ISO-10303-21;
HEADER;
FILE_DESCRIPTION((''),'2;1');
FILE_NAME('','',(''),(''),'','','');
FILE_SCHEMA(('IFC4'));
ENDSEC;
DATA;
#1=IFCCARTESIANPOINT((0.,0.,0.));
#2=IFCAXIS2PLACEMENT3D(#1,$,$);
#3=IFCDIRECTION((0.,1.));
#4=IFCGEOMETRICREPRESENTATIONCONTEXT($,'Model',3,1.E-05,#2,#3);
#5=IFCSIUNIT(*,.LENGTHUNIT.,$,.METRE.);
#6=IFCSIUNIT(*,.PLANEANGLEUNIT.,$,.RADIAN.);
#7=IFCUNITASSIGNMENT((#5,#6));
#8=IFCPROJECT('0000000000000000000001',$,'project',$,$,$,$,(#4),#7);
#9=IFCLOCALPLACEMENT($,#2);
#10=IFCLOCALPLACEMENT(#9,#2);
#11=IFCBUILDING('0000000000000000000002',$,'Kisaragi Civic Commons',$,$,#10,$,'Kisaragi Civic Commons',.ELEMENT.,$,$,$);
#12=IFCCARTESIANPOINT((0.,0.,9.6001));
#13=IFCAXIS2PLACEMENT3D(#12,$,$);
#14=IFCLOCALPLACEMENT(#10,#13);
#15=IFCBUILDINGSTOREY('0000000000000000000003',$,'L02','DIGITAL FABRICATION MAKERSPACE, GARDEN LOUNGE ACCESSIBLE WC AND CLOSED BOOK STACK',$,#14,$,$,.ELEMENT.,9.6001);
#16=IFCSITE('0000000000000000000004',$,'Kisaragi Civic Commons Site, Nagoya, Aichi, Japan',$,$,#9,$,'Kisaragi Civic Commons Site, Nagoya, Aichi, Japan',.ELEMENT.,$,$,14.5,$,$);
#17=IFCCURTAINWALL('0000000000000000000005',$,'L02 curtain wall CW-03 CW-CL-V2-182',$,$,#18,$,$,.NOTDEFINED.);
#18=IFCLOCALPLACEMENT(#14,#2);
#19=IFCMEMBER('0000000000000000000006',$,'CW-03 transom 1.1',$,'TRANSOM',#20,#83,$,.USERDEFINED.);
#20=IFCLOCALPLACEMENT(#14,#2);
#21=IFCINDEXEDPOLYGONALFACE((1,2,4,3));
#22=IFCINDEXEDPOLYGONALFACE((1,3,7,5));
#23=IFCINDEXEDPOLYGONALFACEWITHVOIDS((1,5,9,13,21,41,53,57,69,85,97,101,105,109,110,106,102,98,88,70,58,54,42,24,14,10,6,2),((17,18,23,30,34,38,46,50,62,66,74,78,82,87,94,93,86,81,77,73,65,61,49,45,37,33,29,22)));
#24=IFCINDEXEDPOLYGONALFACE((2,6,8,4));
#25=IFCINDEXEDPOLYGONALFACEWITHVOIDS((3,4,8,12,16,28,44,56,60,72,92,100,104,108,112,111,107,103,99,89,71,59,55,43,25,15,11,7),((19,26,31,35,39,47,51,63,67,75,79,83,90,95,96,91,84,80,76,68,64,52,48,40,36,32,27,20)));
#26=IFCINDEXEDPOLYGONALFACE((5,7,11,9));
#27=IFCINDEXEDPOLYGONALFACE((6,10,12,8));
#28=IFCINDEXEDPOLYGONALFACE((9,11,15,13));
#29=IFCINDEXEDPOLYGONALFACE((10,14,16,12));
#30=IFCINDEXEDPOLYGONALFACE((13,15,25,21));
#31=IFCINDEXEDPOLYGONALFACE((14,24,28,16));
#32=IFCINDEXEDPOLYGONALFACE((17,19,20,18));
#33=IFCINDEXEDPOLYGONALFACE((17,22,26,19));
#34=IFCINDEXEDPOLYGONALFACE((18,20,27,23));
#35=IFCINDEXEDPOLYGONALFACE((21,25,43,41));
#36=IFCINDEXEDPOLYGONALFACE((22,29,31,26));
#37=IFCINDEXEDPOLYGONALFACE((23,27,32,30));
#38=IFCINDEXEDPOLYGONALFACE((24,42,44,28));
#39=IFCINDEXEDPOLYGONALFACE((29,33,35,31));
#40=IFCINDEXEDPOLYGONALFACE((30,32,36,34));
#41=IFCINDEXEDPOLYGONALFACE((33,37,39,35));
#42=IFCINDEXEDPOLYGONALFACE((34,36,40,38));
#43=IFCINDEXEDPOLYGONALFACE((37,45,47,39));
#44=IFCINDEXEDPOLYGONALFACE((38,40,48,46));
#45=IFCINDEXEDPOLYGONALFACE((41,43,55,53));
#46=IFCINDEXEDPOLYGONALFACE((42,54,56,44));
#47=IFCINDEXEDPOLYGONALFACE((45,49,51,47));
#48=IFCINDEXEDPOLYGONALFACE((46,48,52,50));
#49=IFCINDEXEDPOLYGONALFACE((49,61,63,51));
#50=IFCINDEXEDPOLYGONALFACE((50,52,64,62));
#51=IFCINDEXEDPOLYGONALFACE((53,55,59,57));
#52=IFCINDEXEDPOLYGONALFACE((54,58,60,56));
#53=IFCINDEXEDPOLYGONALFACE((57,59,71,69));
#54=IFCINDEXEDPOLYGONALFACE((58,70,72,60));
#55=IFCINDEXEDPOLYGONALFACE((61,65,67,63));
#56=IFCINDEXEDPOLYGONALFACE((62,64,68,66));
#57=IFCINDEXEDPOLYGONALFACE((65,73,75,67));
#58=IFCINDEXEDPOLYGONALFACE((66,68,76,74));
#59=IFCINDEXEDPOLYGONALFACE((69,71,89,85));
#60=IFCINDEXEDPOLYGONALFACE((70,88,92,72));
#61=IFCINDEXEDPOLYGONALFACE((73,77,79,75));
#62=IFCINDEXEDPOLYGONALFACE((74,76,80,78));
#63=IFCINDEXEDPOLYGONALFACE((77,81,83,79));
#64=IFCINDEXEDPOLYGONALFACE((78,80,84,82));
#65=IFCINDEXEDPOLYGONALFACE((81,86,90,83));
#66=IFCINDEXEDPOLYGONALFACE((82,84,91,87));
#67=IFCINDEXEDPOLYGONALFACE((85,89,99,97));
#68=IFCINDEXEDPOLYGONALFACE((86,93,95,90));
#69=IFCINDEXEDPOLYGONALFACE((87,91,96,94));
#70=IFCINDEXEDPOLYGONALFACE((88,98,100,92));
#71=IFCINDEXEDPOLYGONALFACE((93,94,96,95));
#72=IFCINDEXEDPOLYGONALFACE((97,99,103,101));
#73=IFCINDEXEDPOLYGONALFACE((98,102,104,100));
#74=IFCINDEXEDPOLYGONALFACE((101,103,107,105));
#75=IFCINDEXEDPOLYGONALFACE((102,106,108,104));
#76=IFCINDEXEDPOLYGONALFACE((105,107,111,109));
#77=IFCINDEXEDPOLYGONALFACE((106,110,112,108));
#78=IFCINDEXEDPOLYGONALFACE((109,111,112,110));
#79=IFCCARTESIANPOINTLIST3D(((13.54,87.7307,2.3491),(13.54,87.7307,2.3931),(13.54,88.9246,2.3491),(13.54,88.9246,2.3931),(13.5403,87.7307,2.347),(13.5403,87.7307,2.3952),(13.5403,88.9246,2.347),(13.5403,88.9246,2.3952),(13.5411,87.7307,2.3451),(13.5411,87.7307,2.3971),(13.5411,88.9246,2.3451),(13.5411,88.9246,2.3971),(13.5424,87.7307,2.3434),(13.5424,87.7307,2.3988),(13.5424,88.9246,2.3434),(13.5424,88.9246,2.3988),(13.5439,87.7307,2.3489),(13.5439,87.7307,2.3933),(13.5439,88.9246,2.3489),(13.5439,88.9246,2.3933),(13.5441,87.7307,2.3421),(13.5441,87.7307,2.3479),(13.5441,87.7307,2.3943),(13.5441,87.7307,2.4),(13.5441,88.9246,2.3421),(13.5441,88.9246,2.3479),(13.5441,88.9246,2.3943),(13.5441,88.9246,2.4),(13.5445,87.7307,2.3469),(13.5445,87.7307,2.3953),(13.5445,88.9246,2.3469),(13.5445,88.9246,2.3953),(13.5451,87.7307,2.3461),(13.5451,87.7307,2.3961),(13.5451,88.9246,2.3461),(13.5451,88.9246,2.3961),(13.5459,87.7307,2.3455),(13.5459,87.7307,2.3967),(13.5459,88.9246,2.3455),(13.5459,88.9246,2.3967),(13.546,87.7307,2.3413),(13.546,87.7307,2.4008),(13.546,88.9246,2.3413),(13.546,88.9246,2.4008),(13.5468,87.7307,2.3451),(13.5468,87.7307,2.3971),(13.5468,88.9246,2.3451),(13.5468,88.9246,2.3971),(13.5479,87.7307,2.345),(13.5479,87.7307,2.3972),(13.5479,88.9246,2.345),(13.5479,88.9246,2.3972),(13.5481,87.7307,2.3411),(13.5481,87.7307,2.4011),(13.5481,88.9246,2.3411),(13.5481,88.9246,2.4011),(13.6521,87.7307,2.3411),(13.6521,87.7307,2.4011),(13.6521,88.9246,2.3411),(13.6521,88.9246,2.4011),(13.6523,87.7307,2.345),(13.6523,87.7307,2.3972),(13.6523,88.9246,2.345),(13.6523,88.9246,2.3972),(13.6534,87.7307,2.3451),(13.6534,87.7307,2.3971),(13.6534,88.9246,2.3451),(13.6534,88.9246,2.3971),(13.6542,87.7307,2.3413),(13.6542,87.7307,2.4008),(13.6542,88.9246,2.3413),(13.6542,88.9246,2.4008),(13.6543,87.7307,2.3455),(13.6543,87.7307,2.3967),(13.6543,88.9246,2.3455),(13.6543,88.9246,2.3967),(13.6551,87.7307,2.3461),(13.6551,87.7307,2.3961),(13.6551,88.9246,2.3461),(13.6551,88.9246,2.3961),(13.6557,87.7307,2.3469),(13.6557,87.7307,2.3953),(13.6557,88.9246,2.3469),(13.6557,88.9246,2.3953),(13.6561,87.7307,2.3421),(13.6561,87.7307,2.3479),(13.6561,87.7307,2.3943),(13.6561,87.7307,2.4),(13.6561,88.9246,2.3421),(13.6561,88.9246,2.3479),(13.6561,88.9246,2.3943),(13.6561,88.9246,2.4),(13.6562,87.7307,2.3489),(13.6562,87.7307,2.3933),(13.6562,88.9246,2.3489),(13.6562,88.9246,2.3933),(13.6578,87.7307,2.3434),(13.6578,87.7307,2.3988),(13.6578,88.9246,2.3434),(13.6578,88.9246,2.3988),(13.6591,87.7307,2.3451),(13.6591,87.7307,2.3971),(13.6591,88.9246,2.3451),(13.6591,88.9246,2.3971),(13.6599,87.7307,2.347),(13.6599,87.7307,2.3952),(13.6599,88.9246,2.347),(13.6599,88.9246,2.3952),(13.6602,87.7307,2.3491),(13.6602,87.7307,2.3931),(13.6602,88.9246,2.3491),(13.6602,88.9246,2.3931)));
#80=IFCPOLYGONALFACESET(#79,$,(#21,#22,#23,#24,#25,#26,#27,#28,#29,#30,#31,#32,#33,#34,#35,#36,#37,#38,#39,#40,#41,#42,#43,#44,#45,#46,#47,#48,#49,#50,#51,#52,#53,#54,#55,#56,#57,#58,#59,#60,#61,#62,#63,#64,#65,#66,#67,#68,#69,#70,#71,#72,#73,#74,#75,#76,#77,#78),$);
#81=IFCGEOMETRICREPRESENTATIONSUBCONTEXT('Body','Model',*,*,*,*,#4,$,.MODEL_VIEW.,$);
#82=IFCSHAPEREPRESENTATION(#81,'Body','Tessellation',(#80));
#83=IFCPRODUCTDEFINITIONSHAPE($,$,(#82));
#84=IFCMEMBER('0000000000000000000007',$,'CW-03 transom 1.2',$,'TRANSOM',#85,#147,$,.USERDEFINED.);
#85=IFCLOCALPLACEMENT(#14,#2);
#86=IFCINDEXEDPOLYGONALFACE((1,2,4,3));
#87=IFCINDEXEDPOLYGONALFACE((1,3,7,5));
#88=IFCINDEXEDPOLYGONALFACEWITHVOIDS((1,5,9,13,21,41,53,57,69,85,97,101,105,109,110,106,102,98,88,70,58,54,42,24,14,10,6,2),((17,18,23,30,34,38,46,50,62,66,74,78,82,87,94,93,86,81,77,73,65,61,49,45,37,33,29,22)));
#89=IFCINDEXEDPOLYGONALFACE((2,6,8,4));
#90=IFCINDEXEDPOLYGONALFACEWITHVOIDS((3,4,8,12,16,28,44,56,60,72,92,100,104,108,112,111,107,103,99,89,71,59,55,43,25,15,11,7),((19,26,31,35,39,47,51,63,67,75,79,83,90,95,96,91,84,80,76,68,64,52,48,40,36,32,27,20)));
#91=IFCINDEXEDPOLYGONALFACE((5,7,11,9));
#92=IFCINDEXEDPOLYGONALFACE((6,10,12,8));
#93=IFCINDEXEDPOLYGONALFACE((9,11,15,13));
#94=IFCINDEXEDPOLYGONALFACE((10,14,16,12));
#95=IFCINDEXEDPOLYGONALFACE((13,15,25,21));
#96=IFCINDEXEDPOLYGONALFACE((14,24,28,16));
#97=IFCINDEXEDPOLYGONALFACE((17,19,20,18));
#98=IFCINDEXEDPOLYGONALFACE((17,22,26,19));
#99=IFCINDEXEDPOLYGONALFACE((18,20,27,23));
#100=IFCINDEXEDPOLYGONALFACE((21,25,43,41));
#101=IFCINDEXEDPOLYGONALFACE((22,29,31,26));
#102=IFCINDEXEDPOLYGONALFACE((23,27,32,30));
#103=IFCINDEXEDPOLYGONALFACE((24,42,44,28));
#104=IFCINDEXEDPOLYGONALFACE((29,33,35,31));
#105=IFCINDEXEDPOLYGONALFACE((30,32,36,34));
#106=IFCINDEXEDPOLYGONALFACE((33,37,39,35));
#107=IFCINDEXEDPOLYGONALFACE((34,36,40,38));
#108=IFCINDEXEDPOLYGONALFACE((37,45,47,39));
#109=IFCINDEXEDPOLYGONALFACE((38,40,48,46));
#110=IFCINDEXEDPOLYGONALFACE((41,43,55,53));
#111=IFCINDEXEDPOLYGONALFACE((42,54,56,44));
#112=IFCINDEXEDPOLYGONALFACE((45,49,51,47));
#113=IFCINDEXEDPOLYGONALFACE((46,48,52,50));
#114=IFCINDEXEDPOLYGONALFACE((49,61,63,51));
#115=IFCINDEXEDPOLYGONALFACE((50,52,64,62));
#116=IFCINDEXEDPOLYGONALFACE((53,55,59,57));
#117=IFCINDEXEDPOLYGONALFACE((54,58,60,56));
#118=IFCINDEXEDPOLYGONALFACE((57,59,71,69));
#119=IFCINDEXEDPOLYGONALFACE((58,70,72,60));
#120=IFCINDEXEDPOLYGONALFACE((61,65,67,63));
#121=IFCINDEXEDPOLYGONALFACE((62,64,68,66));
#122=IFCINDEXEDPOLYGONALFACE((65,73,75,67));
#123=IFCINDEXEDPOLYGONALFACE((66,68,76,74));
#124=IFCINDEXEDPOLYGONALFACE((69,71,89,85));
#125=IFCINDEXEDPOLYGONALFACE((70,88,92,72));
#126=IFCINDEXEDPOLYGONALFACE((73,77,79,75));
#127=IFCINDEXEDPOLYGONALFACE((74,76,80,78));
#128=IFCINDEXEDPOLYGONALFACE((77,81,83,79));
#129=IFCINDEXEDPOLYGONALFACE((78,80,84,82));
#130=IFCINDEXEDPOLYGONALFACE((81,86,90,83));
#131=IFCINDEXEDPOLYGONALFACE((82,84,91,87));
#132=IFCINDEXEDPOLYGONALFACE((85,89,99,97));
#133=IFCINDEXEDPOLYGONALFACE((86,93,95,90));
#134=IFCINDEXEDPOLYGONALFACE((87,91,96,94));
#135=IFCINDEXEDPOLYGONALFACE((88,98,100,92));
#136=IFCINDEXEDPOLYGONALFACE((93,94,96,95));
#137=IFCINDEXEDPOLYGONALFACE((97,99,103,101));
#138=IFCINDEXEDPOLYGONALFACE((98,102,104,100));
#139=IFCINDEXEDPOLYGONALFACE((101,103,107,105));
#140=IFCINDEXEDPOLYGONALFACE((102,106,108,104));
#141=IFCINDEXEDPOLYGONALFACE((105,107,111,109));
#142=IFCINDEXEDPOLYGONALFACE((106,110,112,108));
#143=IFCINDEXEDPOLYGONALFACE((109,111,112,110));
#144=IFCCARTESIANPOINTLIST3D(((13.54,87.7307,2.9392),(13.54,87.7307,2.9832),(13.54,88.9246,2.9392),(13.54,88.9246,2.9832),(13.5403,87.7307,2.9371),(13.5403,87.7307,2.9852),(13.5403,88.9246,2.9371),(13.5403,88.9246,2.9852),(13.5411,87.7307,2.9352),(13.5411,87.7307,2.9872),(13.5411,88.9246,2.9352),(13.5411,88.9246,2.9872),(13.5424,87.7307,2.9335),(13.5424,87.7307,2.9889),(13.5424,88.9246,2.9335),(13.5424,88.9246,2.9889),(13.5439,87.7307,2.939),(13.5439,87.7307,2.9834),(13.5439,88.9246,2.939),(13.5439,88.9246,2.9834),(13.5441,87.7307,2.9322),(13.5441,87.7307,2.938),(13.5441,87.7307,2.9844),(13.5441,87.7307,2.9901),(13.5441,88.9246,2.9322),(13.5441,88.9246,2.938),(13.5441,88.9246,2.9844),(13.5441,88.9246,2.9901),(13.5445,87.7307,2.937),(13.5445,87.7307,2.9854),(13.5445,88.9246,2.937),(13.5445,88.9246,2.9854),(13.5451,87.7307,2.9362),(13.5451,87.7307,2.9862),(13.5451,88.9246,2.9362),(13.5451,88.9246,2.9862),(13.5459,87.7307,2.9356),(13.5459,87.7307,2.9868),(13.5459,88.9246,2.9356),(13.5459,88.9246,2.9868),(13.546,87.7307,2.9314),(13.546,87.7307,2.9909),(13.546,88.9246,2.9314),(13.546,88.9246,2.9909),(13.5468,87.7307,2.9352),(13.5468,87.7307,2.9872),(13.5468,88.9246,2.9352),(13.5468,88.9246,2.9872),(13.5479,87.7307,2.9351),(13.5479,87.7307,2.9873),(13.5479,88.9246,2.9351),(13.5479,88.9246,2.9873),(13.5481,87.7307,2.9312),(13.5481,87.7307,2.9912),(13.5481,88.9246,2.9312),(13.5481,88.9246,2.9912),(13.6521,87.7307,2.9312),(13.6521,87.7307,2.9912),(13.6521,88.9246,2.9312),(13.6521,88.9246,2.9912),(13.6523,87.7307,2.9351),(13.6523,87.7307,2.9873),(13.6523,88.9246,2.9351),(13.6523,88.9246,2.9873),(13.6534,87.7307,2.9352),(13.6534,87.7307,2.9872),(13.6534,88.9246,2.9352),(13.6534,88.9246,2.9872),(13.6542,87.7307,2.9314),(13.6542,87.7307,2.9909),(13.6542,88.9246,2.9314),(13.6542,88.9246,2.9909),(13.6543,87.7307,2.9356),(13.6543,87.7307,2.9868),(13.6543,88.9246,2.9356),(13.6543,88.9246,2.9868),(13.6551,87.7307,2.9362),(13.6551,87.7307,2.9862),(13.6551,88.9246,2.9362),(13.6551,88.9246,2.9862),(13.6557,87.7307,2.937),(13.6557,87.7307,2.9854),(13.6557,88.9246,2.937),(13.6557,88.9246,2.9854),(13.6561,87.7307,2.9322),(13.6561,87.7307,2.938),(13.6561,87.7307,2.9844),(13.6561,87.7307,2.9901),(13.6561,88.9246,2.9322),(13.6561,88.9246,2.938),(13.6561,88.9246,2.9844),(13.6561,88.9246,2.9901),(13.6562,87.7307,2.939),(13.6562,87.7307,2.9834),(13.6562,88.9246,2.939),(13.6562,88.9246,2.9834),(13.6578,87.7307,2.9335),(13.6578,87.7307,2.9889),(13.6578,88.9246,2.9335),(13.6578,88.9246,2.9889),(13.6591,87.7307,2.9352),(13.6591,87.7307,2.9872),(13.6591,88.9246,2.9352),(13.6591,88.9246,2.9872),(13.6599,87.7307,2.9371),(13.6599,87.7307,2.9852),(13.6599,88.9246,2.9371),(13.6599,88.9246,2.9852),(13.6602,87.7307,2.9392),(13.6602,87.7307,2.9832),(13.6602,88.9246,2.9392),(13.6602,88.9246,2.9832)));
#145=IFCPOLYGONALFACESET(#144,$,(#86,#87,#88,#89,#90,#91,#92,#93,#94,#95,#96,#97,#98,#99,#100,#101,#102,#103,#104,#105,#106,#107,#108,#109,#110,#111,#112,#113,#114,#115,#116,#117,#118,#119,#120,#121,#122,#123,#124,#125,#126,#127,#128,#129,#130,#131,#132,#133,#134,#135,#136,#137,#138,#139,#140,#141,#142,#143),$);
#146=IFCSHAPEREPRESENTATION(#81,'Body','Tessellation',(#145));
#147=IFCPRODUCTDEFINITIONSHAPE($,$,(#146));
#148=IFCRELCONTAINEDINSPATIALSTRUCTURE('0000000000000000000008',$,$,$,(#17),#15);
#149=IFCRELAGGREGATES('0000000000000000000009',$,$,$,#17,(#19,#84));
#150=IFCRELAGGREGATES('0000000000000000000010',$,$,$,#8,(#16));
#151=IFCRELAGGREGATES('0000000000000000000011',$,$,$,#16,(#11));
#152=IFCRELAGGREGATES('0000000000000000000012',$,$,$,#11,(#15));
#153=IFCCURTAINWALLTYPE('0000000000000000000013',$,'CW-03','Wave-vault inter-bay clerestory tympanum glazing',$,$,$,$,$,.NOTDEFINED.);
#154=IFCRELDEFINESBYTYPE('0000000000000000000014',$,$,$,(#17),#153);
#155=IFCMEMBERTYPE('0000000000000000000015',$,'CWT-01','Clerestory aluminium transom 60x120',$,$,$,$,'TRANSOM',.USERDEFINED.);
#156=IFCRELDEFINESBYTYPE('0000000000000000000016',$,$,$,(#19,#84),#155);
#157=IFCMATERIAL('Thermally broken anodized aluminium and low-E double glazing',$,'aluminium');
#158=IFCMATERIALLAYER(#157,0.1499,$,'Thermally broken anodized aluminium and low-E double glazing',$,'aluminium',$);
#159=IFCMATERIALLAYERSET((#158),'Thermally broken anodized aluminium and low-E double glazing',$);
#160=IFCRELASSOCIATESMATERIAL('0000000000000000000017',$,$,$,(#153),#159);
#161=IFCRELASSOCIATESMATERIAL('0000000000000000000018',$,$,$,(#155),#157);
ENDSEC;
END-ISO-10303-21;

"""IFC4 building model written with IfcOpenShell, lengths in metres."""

from ifc_helpers import new_model, si_unit, direction, frame, origin, origin_2d, place, context, subcontext, project, spatial, hollow_rectangle, extrude, material, layer, layer_set, material_profile, profile_set, type_object, element, aggregate, save


model = new_model("IFC4")

# Units and contexts
model_context = context("Model", 3, precision=1e-05, world=origin(), true_north=direction((0.0, 1.0)))
body_context = subcontext(model_context, "Body", "Model", "MODEL_VIEW")
ifc_project = project(units=[si_unit("LENGTHUNIT", "METRE"), si_unit("PLANEANGLEUNIT", "RADIAN")], contexts=[model_context])

# Site, building, storey
site_placement = place(None, origin())
site = spatial("IfcSite", under=ifc_project, at=site_placement, Name="Kisaragi Civic Commons Site, Nagoya, Aichi, Japan", LongName="Kisaragi Civic Commons Site, Nagoya, Aichi, Japan", CompositionType="ELEMENT", RefElevation=14.5)
building_placement = place(site_placement, origin())
building = spatial("IfcBuilding", under=site, at=building_placement, Name="Kisaragi Civic Commons", LongName="Kisaragi Civic Commons", CompositionType="ELEMENT")
storey_placement = place(building_placement, frame((0.0, 0.0, 9.6001)))
storey = spatial("IfcBuildingStorey", under=building, at=storey_placement, Name="L02", Description="DIGITAL FABRICATION MAKERSPACE, GARDEN LOUNGE ACCESSIBLE WC AND CLOSED BOOK STACK", CompositionType="ELEMENT", Elevation=9.6001)

# Shared definitions
ifc_material_1 = material(Name="Thermally broken anodized aluminium and low-E double glazing", Category="aluminium")
ifc_layer_1 = layer(ifc_material_1, 0.1499, Name="Thermally broken anodized aluminium and low-E double glazing", Category="aluminium")
ifc_layer_set_1 = layer_set([ifc_layer_1], Name="Thermally broken anodized aluminium and low-E double glazing")
curtain_wall_type = type_object("IfcCurtainWallType", Name="CW-03", Description="Wave-vault inter-bay clerestory tympanum glazing", PredefinedType="NOTDEFINED", material=ifc_layer_set_1)

# Curtain wall
curtain_wall_1_placement = place(storey_placement, origin())
curtain_wall_1 = element("IfcCurtainWall", 1, at=curtain_wall_1_placement, inside=storey, type_object=curtain_wall_type, Name="L02 curtain wall CW-03 CW-CL-V2-182", PredefinedType="NOTDEFINED")

# Members
ifc_material_profile_1 = material_profile(ifc_material_1, hollow_rectangle(XDim=0.1201, YDim=0.0601, WallThickness=0.0039, InnerFilletRadius=0.0039, OuterFilletRadius=0.0081, at=origin_2d()), Name="CWT-60x120x4", Category="aluminium")
ifc_profile_set_1 = profile_set([ifc_material_profile_1], Name="Thermally broken anodized aluminium and low-E double glazing")
member_type_1 = type_object("IfcMemberType", Name="CWT-01", Description="Clerestory aluminium transom 60x120", ElementType="TRANSOM", PredefinedType="USERDEFINED", material=ifc_profile_set_1)
member_1_placement = place(storey_placement, frame((13.6001, 87.7307, 2.3711), z_axis=(0.0, 1.0, 0.0), x_axis=(-1.0, 0.0, 0.0)))
member_1 = element("IfcMember", 2, at=member_1_placement, type_object=member_type_1, Name="CW-03 transom 1.1", ObjectType="TRANSOM", PredefinedType="USERDEFINED", context=body_context, shape_type="SweptSolid", body=[
    extrude(hollow_rectangle(XDim=0.1201, YDim=0.0601, WallThickness=0.0039, InnerFilletRadius=0.0039, OuterFilletRadius=0.0081, at=origin_2d()), origin(), (0.0, 0.0, 1.0), 1.1938),
])
member_2_placement = place(storey_placement, frame((13.6001, 87.7307, 2.9612), z_axis=(0.0, 1.0, 0.0), x_axis=(-1.0, 0.0, 0.0)))
member_2 = element("IfcMember", 3, at=member_2_placement, type_object=member_type_1, Name="CW-03 transom 1.2", ObjectType="TRANSOM", PredefinedType="USERDEFINED", context=body_context, shape_type="SweptSolid", body=[
    extrude(hollow_rectangle(XDim=0.1201, YDim=0.0601, WallThickness=0.0039, InnerFilletRadius=0.0039, OuterFilletRadius=0.0081, at=origin_2d()), origin(), (0.0, 0.0, 1.0), 1.1938),
])

aggregate(curtain_wall_1, [member_1, member_2])

save(model, "model.ifc")
